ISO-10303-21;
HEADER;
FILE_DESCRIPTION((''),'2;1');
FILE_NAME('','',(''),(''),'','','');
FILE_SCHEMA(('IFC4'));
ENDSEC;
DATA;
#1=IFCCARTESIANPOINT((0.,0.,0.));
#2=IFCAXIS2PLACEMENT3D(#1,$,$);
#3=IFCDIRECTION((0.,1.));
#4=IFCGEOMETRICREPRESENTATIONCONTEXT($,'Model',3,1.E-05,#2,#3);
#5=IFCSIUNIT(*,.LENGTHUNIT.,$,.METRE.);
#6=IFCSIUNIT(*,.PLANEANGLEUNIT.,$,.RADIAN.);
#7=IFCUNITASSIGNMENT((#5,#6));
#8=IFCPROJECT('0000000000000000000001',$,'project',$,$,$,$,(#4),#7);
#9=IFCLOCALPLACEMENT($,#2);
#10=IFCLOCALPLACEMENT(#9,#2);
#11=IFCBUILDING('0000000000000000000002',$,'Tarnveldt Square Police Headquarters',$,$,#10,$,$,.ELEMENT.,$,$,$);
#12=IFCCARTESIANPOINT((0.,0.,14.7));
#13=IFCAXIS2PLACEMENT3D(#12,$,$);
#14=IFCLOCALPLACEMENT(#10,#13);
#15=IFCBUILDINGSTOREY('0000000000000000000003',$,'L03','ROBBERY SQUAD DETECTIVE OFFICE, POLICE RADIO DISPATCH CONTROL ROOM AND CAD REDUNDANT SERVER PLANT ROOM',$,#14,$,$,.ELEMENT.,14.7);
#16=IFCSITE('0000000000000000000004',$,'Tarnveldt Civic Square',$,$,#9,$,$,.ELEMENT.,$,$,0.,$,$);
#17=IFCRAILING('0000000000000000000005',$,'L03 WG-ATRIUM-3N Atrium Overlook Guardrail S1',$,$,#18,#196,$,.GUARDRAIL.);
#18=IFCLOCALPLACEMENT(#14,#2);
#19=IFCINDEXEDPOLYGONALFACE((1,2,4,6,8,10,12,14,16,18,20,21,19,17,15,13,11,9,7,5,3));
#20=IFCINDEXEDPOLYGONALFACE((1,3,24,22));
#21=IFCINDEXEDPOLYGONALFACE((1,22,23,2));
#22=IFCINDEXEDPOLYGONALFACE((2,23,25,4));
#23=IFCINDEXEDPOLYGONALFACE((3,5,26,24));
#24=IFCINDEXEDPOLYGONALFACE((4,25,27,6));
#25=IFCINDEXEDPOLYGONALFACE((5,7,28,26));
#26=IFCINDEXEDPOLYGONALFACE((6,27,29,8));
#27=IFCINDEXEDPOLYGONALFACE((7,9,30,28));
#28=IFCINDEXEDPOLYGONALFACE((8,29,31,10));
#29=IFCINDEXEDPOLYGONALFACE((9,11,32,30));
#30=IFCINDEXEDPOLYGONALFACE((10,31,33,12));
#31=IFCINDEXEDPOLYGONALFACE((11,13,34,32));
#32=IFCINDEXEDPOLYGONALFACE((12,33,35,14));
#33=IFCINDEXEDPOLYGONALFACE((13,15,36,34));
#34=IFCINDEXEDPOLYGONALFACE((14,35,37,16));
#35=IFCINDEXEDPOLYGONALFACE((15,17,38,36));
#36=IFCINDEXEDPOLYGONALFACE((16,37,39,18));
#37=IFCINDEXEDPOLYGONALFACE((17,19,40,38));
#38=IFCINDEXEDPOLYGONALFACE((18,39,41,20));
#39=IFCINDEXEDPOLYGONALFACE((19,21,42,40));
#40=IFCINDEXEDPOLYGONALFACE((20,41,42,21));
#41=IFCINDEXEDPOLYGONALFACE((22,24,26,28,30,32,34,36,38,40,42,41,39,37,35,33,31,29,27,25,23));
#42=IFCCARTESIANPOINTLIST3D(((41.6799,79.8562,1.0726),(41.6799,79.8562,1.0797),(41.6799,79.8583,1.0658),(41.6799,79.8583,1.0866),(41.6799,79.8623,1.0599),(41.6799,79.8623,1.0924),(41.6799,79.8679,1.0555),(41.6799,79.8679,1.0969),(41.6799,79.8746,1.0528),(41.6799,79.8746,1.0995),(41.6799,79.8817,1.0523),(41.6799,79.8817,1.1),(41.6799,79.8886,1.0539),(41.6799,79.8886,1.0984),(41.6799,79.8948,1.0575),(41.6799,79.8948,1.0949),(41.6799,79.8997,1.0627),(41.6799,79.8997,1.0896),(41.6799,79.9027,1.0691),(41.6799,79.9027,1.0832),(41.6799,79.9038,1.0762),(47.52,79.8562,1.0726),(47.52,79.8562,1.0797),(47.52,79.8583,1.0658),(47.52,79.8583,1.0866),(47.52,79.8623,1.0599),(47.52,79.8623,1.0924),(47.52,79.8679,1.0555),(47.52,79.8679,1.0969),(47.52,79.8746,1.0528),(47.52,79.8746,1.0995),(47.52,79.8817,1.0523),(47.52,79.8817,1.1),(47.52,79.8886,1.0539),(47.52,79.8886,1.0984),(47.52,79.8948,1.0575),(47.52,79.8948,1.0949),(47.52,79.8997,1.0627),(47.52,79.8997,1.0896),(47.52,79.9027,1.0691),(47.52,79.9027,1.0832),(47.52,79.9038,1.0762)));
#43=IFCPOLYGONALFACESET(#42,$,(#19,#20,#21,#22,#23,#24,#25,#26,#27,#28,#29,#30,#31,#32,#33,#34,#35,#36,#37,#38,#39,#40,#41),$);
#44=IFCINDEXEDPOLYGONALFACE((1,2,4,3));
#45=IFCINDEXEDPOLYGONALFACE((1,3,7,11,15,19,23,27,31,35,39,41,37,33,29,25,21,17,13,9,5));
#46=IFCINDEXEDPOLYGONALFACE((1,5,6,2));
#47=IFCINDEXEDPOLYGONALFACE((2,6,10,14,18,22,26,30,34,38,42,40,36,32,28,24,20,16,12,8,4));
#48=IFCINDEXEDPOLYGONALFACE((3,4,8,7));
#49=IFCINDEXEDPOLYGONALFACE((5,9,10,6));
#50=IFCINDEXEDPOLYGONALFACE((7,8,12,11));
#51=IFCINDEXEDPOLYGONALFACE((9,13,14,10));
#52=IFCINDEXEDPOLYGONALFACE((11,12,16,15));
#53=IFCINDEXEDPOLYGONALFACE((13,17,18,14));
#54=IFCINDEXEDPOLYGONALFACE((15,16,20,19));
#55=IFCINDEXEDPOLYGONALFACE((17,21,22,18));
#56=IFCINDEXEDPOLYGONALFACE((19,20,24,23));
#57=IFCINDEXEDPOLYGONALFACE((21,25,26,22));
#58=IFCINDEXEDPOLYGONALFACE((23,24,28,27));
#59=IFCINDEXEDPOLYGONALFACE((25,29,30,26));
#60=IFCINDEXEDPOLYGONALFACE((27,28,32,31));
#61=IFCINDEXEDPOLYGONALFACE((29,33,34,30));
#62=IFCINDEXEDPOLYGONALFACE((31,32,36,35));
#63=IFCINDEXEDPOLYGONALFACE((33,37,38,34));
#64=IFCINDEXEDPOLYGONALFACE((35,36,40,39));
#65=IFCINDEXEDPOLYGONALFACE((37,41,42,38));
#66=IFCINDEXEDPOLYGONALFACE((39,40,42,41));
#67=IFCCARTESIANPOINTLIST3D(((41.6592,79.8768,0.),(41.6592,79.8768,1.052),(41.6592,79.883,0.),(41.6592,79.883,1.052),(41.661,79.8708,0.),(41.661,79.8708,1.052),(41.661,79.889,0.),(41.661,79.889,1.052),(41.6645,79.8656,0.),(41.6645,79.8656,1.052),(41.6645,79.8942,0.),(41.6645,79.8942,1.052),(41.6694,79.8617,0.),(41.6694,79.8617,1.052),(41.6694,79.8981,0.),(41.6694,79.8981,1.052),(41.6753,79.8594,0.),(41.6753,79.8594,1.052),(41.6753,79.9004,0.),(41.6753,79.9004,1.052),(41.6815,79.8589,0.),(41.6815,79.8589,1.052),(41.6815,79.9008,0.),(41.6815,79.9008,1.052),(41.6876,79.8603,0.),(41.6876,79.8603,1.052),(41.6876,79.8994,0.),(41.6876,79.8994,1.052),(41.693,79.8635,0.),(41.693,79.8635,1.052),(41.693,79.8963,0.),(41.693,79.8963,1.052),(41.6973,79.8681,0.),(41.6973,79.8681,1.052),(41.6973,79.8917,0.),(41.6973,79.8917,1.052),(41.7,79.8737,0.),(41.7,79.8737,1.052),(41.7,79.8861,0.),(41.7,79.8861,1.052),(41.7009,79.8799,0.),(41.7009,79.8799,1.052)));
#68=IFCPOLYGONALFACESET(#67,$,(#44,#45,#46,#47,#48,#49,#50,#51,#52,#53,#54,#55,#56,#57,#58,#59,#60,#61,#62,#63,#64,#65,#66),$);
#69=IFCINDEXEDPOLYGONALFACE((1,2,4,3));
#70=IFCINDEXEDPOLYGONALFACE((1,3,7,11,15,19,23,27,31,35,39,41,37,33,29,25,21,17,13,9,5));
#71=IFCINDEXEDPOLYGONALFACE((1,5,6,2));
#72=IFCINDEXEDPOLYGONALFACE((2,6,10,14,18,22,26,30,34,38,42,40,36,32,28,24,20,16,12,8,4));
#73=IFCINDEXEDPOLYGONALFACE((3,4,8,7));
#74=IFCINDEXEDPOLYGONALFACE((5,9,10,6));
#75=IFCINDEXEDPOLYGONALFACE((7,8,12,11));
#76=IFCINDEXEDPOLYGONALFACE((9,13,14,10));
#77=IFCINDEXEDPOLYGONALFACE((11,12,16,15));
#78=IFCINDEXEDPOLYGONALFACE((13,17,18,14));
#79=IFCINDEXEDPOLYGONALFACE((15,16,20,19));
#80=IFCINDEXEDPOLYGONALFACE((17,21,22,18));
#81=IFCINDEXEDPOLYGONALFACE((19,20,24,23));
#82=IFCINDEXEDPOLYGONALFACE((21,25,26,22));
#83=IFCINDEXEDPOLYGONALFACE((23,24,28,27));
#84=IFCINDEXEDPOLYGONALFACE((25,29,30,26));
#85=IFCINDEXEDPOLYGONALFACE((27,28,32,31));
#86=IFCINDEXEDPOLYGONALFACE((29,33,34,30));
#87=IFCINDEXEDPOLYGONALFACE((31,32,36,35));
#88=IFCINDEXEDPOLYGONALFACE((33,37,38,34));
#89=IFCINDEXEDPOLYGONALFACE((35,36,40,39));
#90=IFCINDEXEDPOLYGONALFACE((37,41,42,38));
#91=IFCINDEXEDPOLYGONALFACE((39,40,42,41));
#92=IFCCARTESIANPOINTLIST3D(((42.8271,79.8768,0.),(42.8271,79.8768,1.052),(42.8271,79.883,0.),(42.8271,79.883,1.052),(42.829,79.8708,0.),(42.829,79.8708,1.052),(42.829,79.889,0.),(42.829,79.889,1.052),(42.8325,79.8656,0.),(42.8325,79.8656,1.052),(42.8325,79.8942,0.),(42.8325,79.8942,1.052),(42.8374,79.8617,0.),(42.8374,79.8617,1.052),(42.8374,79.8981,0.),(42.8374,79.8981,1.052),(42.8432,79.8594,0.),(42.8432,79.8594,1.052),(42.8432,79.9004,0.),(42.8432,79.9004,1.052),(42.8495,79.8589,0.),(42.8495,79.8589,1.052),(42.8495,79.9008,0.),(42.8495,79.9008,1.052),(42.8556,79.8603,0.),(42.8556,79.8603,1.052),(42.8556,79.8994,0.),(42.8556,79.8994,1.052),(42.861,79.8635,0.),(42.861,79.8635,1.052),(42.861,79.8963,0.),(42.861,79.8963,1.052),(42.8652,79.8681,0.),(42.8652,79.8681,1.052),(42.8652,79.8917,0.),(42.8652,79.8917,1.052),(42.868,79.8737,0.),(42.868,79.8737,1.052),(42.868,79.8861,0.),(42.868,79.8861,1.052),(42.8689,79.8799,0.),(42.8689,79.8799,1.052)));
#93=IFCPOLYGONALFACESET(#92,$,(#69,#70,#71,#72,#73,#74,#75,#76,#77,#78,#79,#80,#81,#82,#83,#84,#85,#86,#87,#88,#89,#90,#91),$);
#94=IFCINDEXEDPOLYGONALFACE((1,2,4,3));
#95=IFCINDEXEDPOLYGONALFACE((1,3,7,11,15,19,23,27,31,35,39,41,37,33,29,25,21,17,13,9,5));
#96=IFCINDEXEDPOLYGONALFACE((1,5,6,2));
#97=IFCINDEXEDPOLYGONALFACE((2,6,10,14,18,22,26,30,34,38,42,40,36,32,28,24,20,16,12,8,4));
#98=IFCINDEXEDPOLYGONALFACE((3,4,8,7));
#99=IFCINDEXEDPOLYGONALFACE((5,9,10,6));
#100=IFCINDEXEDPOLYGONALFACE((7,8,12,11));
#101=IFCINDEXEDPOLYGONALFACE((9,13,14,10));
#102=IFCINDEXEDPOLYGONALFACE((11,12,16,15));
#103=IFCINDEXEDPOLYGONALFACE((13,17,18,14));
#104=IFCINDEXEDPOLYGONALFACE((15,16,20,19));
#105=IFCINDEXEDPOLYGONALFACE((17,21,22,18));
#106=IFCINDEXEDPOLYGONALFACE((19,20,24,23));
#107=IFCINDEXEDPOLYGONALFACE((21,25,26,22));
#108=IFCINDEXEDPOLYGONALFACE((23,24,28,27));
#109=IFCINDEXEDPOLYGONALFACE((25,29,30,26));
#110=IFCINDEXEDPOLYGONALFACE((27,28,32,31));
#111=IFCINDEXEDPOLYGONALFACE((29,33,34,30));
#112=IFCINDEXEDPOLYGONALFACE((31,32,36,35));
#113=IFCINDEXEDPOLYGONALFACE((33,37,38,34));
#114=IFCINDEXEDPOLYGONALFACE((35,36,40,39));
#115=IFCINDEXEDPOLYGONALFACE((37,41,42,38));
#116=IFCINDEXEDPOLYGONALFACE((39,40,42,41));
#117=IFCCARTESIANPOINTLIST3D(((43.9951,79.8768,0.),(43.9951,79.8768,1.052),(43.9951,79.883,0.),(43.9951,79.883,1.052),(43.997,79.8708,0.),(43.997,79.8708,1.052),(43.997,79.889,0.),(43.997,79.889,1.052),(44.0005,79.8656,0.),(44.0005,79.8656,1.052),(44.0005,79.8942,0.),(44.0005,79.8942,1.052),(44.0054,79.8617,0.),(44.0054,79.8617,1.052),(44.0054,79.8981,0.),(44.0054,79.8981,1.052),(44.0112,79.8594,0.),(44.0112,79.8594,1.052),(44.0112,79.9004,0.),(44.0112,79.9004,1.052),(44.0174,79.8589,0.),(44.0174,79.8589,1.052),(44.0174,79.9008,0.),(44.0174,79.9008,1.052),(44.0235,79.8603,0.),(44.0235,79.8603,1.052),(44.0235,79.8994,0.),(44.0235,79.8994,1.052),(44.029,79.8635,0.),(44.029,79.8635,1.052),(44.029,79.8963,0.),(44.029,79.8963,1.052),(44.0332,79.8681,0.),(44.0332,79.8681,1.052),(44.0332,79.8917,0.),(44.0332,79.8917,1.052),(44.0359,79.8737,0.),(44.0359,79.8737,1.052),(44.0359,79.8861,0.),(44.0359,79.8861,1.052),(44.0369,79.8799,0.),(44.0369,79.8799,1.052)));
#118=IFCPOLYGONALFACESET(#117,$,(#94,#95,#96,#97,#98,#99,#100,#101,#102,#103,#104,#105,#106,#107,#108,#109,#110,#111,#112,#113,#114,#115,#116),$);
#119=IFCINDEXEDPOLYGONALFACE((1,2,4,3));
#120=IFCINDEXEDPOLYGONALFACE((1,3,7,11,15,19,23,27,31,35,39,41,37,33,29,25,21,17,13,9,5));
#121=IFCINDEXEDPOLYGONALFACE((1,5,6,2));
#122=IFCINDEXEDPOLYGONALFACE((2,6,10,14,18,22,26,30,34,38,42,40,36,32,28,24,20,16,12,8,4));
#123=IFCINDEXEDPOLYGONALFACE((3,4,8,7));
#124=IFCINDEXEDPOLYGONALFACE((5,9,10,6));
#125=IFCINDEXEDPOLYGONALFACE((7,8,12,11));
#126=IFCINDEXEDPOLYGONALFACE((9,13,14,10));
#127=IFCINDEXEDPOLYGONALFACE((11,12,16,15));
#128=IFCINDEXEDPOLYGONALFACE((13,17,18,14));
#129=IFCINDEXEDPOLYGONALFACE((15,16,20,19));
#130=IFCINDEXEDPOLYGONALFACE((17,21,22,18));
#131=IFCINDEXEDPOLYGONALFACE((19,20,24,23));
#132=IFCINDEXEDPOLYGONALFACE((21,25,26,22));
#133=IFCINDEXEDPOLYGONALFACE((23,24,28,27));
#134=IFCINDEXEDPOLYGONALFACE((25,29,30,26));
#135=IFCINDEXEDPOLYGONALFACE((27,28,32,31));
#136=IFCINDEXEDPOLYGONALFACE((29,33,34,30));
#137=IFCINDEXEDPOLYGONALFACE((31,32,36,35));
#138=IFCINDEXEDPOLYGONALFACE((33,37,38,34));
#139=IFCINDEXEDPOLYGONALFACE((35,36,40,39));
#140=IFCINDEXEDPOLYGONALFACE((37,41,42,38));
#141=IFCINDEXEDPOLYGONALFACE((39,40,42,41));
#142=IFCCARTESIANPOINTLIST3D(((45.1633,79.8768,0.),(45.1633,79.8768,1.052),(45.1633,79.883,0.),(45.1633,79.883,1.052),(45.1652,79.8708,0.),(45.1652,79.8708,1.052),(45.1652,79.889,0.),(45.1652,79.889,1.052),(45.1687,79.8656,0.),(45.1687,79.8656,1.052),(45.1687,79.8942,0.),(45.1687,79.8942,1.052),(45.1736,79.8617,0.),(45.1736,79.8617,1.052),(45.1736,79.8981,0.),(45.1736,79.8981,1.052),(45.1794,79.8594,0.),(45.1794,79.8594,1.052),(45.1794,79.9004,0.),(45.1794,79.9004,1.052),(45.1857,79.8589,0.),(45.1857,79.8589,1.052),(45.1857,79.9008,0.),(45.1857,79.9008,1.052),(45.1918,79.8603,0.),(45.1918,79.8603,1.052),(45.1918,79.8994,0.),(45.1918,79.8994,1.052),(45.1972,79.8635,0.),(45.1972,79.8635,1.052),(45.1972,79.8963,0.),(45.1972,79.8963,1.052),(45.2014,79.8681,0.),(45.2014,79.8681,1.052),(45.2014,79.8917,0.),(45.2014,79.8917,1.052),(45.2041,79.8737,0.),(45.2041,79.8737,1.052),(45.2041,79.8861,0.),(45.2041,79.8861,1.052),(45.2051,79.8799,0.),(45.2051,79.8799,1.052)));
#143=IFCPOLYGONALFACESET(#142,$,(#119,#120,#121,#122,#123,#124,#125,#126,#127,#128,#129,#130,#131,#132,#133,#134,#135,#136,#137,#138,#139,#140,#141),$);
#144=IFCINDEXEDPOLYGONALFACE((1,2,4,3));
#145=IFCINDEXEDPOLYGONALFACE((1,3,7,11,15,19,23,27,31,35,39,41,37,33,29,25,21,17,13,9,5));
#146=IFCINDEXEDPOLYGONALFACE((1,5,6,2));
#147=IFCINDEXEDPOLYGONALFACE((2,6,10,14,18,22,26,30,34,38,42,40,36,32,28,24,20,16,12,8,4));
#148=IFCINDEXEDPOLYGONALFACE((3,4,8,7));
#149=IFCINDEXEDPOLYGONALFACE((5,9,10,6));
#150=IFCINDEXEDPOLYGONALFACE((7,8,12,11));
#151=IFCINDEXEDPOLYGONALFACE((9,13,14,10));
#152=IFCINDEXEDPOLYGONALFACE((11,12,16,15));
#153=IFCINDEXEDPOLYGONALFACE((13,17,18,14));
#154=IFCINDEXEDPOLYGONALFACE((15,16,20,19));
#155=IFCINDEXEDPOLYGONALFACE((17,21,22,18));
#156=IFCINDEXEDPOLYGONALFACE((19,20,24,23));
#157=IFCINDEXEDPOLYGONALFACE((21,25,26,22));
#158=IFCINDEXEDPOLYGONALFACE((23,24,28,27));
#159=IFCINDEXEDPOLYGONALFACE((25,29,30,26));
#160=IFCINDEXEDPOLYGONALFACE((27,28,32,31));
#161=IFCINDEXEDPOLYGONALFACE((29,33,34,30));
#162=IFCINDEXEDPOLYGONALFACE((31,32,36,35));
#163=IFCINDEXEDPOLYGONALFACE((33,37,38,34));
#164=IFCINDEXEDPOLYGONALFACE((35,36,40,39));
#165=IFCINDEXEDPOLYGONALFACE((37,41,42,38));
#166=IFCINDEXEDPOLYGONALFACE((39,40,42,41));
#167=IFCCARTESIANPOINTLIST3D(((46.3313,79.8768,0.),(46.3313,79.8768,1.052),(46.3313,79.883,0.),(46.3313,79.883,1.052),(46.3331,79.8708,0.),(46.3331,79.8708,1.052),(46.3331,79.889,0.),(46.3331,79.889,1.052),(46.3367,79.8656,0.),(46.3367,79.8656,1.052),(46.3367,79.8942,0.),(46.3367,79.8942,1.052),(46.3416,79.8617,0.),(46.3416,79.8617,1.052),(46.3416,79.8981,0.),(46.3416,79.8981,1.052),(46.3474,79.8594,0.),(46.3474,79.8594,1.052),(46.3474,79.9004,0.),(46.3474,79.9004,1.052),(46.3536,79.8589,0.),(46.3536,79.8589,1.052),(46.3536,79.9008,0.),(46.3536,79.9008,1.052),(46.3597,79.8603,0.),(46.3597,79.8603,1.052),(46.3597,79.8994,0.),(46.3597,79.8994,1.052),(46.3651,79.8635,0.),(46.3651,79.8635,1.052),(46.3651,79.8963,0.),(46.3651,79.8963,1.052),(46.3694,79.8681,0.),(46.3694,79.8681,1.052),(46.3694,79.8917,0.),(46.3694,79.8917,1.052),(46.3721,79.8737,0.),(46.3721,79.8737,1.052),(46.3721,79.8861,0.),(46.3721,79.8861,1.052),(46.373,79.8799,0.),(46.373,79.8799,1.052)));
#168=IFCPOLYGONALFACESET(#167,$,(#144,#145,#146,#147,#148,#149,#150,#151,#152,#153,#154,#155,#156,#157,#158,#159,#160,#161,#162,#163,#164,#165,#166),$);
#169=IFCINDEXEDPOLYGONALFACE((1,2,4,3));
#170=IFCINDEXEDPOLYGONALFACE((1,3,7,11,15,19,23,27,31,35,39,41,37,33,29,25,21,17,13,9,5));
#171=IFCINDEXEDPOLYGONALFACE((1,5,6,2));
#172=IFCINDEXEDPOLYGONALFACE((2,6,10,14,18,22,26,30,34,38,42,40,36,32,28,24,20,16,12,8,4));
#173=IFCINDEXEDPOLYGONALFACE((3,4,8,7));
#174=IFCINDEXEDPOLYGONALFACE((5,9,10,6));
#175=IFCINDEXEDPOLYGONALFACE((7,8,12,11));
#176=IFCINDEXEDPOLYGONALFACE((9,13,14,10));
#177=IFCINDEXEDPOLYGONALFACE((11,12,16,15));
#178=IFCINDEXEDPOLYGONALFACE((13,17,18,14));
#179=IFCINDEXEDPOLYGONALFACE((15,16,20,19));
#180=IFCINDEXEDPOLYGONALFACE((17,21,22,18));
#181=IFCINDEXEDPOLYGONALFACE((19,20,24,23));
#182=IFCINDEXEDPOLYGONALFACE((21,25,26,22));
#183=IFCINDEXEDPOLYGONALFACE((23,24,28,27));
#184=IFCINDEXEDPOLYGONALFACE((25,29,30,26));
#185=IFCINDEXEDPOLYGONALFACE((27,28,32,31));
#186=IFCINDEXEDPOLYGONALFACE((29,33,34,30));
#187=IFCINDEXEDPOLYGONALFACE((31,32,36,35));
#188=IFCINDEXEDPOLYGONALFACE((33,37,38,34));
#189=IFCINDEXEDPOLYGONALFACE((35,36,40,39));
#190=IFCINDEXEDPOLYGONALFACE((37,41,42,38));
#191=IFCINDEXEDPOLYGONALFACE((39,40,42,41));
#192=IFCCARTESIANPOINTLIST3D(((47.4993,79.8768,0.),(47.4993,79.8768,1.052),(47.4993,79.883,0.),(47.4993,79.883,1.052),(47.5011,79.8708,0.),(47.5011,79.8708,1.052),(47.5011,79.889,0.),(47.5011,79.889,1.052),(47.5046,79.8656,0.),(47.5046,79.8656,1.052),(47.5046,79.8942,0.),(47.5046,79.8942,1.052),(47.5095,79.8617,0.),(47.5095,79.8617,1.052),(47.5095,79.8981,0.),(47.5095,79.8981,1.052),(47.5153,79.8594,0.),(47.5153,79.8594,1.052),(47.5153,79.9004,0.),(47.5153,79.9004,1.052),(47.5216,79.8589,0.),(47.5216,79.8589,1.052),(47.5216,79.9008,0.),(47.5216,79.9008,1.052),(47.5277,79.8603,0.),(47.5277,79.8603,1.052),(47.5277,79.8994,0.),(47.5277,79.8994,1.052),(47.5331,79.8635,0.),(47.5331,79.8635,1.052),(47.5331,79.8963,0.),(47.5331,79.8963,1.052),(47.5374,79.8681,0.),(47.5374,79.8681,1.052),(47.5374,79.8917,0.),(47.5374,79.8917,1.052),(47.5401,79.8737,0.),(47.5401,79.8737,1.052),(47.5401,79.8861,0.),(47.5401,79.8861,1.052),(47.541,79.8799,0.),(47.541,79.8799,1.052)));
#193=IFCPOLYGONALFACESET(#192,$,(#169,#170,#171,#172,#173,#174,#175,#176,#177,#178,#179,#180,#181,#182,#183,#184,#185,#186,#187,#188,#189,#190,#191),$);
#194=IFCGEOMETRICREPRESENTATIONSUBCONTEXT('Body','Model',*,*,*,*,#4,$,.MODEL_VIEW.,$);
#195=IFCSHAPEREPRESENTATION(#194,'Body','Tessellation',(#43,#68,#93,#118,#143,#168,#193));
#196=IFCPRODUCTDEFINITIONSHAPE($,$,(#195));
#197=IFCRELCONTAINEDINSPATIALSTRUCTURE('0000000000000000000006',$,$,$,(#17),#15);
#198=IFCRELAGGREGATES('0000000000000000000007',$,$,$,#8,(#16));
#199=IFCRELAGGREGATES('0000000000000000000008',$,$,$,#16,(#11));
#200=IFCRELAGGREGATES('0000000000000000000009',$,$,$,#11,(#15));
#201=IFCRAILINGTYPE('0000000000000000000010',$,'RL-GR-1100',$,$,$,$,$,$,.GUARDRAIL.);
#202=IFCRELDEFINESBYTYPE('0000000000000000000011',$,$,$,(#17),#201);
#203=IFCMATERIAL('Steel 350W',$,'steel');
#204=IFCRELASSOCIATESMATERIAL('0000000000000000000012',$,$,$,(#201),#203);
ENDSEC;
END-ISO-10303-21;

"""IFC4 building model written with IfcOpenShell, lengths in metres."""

from ifc_helpers import new_model, si_unit, direction, frame, origin, origin_2d, place, context, subcontext, project, spatial, circle, extrude, material, type_object, element, save


model = new_model("IFC4")

# Units and contexts
model_context = context("Model", 3, precision=1e-05, world=origin(), true_north=direction((0.0, 1.0)))
body_context = subcontext(model_context, "Body", "Model", "MODEL_VIEW")
ifc_project = project(units=[si_unit("LENGTHUNIT", "METRE"), si_unit("PLANEANGLEUNIT", "RADIAN")], contexts=[model_context])

# Site, building, storey
site_placement = place(None, origin())
site = spatial("IfcSite", under=ifc_project, at=site_placement, Name="Tarnveldt Civic Square", CompositionType="ELEMENT", RefElevation=0.0)
building_placement = place(site_placement, origin())
building = spatial("IfcBuilding", under=site, at=building_placement, Name="Tarnveldt Square Police Headquarters", CompositionType="ELEMENT")
storey_placement = place(building_placement, frame((0.0, 0.0, 14.7)))
storey = spatial("IfcBuildingStorey", under=building, at=storey_placement, Name="L03", Description="ROBBERY SQUAD DETECTIVE OFFICE, POLICE RADIO DISPATCH CONTROL ROOM AND CAD REDUNDANT SERVER PLANT ROOM", CompositionType="ELEMENT", Elevation=14.7)

# Shared definitions
ifc_material_1 = material(Name="Steel 350W", Category="steel")

# Railing
railing_type = type_object("IfcRailingType", Name="RL-GR-1100", PredefinedType="GUARDRAIL", material=ifc_material_1)
railing_1_placement = place(storey_placement, frame((41.6799, 79.8799, 0.0)))
element("IfcRailing", 1, at=railing_1_placement, inside=storey, type_object=railing_type, Name="L03 WG-ATRIUM-3N Atrium Overlook Guardrail S1", PredefinedType="GUARDRAIL", context=body_context, shape_type="SweptSolid", body=[
    extrude(circle(Radius=0.0239, at=origin_2d()), frame((0.0, 0.0, 1.0762), z_axis=(1.0, 0.0, 0.0), x_axis=(0.0, 1.0, 0.0)), (0.0, 0.0, 1.0), 5.8401),
    extrude(circle(Radius=0.021, at=origin_2d()), origin(), (0.0, 0.0, 1.0), 1.052),
    extrude(circle(Radius=0.021, at=origin_2d()), frame((1.168, 0.0, 0.0)), (0.0, 0.0, 1.0), 1.052),
    extrude(circle(Radius=0.021, at=origin_2d()), frame((2.3359, 0.0, 0.0)), (0.0, 0.0, 1.0), 1.052),
    extrude(circle(Radius=0.021, at=origin_2d()), frame((3.5042, 0.0, 0.0)), (0.0, 0.0, 1.0), 1.052),
    extrude(circle(Radius=0.021, at=origin_2d()), frame((4.6721, 0.0, 0.0)), (0.0, 0.0, 1.0), 1.052),
    extrude(circle(Radius=0.021, at=origin_2d()), frame((5.8401, 0.0, 0.0)), (0.0, 0.0, 1.0), 1.052),
])

save(model, "model.ifc")
